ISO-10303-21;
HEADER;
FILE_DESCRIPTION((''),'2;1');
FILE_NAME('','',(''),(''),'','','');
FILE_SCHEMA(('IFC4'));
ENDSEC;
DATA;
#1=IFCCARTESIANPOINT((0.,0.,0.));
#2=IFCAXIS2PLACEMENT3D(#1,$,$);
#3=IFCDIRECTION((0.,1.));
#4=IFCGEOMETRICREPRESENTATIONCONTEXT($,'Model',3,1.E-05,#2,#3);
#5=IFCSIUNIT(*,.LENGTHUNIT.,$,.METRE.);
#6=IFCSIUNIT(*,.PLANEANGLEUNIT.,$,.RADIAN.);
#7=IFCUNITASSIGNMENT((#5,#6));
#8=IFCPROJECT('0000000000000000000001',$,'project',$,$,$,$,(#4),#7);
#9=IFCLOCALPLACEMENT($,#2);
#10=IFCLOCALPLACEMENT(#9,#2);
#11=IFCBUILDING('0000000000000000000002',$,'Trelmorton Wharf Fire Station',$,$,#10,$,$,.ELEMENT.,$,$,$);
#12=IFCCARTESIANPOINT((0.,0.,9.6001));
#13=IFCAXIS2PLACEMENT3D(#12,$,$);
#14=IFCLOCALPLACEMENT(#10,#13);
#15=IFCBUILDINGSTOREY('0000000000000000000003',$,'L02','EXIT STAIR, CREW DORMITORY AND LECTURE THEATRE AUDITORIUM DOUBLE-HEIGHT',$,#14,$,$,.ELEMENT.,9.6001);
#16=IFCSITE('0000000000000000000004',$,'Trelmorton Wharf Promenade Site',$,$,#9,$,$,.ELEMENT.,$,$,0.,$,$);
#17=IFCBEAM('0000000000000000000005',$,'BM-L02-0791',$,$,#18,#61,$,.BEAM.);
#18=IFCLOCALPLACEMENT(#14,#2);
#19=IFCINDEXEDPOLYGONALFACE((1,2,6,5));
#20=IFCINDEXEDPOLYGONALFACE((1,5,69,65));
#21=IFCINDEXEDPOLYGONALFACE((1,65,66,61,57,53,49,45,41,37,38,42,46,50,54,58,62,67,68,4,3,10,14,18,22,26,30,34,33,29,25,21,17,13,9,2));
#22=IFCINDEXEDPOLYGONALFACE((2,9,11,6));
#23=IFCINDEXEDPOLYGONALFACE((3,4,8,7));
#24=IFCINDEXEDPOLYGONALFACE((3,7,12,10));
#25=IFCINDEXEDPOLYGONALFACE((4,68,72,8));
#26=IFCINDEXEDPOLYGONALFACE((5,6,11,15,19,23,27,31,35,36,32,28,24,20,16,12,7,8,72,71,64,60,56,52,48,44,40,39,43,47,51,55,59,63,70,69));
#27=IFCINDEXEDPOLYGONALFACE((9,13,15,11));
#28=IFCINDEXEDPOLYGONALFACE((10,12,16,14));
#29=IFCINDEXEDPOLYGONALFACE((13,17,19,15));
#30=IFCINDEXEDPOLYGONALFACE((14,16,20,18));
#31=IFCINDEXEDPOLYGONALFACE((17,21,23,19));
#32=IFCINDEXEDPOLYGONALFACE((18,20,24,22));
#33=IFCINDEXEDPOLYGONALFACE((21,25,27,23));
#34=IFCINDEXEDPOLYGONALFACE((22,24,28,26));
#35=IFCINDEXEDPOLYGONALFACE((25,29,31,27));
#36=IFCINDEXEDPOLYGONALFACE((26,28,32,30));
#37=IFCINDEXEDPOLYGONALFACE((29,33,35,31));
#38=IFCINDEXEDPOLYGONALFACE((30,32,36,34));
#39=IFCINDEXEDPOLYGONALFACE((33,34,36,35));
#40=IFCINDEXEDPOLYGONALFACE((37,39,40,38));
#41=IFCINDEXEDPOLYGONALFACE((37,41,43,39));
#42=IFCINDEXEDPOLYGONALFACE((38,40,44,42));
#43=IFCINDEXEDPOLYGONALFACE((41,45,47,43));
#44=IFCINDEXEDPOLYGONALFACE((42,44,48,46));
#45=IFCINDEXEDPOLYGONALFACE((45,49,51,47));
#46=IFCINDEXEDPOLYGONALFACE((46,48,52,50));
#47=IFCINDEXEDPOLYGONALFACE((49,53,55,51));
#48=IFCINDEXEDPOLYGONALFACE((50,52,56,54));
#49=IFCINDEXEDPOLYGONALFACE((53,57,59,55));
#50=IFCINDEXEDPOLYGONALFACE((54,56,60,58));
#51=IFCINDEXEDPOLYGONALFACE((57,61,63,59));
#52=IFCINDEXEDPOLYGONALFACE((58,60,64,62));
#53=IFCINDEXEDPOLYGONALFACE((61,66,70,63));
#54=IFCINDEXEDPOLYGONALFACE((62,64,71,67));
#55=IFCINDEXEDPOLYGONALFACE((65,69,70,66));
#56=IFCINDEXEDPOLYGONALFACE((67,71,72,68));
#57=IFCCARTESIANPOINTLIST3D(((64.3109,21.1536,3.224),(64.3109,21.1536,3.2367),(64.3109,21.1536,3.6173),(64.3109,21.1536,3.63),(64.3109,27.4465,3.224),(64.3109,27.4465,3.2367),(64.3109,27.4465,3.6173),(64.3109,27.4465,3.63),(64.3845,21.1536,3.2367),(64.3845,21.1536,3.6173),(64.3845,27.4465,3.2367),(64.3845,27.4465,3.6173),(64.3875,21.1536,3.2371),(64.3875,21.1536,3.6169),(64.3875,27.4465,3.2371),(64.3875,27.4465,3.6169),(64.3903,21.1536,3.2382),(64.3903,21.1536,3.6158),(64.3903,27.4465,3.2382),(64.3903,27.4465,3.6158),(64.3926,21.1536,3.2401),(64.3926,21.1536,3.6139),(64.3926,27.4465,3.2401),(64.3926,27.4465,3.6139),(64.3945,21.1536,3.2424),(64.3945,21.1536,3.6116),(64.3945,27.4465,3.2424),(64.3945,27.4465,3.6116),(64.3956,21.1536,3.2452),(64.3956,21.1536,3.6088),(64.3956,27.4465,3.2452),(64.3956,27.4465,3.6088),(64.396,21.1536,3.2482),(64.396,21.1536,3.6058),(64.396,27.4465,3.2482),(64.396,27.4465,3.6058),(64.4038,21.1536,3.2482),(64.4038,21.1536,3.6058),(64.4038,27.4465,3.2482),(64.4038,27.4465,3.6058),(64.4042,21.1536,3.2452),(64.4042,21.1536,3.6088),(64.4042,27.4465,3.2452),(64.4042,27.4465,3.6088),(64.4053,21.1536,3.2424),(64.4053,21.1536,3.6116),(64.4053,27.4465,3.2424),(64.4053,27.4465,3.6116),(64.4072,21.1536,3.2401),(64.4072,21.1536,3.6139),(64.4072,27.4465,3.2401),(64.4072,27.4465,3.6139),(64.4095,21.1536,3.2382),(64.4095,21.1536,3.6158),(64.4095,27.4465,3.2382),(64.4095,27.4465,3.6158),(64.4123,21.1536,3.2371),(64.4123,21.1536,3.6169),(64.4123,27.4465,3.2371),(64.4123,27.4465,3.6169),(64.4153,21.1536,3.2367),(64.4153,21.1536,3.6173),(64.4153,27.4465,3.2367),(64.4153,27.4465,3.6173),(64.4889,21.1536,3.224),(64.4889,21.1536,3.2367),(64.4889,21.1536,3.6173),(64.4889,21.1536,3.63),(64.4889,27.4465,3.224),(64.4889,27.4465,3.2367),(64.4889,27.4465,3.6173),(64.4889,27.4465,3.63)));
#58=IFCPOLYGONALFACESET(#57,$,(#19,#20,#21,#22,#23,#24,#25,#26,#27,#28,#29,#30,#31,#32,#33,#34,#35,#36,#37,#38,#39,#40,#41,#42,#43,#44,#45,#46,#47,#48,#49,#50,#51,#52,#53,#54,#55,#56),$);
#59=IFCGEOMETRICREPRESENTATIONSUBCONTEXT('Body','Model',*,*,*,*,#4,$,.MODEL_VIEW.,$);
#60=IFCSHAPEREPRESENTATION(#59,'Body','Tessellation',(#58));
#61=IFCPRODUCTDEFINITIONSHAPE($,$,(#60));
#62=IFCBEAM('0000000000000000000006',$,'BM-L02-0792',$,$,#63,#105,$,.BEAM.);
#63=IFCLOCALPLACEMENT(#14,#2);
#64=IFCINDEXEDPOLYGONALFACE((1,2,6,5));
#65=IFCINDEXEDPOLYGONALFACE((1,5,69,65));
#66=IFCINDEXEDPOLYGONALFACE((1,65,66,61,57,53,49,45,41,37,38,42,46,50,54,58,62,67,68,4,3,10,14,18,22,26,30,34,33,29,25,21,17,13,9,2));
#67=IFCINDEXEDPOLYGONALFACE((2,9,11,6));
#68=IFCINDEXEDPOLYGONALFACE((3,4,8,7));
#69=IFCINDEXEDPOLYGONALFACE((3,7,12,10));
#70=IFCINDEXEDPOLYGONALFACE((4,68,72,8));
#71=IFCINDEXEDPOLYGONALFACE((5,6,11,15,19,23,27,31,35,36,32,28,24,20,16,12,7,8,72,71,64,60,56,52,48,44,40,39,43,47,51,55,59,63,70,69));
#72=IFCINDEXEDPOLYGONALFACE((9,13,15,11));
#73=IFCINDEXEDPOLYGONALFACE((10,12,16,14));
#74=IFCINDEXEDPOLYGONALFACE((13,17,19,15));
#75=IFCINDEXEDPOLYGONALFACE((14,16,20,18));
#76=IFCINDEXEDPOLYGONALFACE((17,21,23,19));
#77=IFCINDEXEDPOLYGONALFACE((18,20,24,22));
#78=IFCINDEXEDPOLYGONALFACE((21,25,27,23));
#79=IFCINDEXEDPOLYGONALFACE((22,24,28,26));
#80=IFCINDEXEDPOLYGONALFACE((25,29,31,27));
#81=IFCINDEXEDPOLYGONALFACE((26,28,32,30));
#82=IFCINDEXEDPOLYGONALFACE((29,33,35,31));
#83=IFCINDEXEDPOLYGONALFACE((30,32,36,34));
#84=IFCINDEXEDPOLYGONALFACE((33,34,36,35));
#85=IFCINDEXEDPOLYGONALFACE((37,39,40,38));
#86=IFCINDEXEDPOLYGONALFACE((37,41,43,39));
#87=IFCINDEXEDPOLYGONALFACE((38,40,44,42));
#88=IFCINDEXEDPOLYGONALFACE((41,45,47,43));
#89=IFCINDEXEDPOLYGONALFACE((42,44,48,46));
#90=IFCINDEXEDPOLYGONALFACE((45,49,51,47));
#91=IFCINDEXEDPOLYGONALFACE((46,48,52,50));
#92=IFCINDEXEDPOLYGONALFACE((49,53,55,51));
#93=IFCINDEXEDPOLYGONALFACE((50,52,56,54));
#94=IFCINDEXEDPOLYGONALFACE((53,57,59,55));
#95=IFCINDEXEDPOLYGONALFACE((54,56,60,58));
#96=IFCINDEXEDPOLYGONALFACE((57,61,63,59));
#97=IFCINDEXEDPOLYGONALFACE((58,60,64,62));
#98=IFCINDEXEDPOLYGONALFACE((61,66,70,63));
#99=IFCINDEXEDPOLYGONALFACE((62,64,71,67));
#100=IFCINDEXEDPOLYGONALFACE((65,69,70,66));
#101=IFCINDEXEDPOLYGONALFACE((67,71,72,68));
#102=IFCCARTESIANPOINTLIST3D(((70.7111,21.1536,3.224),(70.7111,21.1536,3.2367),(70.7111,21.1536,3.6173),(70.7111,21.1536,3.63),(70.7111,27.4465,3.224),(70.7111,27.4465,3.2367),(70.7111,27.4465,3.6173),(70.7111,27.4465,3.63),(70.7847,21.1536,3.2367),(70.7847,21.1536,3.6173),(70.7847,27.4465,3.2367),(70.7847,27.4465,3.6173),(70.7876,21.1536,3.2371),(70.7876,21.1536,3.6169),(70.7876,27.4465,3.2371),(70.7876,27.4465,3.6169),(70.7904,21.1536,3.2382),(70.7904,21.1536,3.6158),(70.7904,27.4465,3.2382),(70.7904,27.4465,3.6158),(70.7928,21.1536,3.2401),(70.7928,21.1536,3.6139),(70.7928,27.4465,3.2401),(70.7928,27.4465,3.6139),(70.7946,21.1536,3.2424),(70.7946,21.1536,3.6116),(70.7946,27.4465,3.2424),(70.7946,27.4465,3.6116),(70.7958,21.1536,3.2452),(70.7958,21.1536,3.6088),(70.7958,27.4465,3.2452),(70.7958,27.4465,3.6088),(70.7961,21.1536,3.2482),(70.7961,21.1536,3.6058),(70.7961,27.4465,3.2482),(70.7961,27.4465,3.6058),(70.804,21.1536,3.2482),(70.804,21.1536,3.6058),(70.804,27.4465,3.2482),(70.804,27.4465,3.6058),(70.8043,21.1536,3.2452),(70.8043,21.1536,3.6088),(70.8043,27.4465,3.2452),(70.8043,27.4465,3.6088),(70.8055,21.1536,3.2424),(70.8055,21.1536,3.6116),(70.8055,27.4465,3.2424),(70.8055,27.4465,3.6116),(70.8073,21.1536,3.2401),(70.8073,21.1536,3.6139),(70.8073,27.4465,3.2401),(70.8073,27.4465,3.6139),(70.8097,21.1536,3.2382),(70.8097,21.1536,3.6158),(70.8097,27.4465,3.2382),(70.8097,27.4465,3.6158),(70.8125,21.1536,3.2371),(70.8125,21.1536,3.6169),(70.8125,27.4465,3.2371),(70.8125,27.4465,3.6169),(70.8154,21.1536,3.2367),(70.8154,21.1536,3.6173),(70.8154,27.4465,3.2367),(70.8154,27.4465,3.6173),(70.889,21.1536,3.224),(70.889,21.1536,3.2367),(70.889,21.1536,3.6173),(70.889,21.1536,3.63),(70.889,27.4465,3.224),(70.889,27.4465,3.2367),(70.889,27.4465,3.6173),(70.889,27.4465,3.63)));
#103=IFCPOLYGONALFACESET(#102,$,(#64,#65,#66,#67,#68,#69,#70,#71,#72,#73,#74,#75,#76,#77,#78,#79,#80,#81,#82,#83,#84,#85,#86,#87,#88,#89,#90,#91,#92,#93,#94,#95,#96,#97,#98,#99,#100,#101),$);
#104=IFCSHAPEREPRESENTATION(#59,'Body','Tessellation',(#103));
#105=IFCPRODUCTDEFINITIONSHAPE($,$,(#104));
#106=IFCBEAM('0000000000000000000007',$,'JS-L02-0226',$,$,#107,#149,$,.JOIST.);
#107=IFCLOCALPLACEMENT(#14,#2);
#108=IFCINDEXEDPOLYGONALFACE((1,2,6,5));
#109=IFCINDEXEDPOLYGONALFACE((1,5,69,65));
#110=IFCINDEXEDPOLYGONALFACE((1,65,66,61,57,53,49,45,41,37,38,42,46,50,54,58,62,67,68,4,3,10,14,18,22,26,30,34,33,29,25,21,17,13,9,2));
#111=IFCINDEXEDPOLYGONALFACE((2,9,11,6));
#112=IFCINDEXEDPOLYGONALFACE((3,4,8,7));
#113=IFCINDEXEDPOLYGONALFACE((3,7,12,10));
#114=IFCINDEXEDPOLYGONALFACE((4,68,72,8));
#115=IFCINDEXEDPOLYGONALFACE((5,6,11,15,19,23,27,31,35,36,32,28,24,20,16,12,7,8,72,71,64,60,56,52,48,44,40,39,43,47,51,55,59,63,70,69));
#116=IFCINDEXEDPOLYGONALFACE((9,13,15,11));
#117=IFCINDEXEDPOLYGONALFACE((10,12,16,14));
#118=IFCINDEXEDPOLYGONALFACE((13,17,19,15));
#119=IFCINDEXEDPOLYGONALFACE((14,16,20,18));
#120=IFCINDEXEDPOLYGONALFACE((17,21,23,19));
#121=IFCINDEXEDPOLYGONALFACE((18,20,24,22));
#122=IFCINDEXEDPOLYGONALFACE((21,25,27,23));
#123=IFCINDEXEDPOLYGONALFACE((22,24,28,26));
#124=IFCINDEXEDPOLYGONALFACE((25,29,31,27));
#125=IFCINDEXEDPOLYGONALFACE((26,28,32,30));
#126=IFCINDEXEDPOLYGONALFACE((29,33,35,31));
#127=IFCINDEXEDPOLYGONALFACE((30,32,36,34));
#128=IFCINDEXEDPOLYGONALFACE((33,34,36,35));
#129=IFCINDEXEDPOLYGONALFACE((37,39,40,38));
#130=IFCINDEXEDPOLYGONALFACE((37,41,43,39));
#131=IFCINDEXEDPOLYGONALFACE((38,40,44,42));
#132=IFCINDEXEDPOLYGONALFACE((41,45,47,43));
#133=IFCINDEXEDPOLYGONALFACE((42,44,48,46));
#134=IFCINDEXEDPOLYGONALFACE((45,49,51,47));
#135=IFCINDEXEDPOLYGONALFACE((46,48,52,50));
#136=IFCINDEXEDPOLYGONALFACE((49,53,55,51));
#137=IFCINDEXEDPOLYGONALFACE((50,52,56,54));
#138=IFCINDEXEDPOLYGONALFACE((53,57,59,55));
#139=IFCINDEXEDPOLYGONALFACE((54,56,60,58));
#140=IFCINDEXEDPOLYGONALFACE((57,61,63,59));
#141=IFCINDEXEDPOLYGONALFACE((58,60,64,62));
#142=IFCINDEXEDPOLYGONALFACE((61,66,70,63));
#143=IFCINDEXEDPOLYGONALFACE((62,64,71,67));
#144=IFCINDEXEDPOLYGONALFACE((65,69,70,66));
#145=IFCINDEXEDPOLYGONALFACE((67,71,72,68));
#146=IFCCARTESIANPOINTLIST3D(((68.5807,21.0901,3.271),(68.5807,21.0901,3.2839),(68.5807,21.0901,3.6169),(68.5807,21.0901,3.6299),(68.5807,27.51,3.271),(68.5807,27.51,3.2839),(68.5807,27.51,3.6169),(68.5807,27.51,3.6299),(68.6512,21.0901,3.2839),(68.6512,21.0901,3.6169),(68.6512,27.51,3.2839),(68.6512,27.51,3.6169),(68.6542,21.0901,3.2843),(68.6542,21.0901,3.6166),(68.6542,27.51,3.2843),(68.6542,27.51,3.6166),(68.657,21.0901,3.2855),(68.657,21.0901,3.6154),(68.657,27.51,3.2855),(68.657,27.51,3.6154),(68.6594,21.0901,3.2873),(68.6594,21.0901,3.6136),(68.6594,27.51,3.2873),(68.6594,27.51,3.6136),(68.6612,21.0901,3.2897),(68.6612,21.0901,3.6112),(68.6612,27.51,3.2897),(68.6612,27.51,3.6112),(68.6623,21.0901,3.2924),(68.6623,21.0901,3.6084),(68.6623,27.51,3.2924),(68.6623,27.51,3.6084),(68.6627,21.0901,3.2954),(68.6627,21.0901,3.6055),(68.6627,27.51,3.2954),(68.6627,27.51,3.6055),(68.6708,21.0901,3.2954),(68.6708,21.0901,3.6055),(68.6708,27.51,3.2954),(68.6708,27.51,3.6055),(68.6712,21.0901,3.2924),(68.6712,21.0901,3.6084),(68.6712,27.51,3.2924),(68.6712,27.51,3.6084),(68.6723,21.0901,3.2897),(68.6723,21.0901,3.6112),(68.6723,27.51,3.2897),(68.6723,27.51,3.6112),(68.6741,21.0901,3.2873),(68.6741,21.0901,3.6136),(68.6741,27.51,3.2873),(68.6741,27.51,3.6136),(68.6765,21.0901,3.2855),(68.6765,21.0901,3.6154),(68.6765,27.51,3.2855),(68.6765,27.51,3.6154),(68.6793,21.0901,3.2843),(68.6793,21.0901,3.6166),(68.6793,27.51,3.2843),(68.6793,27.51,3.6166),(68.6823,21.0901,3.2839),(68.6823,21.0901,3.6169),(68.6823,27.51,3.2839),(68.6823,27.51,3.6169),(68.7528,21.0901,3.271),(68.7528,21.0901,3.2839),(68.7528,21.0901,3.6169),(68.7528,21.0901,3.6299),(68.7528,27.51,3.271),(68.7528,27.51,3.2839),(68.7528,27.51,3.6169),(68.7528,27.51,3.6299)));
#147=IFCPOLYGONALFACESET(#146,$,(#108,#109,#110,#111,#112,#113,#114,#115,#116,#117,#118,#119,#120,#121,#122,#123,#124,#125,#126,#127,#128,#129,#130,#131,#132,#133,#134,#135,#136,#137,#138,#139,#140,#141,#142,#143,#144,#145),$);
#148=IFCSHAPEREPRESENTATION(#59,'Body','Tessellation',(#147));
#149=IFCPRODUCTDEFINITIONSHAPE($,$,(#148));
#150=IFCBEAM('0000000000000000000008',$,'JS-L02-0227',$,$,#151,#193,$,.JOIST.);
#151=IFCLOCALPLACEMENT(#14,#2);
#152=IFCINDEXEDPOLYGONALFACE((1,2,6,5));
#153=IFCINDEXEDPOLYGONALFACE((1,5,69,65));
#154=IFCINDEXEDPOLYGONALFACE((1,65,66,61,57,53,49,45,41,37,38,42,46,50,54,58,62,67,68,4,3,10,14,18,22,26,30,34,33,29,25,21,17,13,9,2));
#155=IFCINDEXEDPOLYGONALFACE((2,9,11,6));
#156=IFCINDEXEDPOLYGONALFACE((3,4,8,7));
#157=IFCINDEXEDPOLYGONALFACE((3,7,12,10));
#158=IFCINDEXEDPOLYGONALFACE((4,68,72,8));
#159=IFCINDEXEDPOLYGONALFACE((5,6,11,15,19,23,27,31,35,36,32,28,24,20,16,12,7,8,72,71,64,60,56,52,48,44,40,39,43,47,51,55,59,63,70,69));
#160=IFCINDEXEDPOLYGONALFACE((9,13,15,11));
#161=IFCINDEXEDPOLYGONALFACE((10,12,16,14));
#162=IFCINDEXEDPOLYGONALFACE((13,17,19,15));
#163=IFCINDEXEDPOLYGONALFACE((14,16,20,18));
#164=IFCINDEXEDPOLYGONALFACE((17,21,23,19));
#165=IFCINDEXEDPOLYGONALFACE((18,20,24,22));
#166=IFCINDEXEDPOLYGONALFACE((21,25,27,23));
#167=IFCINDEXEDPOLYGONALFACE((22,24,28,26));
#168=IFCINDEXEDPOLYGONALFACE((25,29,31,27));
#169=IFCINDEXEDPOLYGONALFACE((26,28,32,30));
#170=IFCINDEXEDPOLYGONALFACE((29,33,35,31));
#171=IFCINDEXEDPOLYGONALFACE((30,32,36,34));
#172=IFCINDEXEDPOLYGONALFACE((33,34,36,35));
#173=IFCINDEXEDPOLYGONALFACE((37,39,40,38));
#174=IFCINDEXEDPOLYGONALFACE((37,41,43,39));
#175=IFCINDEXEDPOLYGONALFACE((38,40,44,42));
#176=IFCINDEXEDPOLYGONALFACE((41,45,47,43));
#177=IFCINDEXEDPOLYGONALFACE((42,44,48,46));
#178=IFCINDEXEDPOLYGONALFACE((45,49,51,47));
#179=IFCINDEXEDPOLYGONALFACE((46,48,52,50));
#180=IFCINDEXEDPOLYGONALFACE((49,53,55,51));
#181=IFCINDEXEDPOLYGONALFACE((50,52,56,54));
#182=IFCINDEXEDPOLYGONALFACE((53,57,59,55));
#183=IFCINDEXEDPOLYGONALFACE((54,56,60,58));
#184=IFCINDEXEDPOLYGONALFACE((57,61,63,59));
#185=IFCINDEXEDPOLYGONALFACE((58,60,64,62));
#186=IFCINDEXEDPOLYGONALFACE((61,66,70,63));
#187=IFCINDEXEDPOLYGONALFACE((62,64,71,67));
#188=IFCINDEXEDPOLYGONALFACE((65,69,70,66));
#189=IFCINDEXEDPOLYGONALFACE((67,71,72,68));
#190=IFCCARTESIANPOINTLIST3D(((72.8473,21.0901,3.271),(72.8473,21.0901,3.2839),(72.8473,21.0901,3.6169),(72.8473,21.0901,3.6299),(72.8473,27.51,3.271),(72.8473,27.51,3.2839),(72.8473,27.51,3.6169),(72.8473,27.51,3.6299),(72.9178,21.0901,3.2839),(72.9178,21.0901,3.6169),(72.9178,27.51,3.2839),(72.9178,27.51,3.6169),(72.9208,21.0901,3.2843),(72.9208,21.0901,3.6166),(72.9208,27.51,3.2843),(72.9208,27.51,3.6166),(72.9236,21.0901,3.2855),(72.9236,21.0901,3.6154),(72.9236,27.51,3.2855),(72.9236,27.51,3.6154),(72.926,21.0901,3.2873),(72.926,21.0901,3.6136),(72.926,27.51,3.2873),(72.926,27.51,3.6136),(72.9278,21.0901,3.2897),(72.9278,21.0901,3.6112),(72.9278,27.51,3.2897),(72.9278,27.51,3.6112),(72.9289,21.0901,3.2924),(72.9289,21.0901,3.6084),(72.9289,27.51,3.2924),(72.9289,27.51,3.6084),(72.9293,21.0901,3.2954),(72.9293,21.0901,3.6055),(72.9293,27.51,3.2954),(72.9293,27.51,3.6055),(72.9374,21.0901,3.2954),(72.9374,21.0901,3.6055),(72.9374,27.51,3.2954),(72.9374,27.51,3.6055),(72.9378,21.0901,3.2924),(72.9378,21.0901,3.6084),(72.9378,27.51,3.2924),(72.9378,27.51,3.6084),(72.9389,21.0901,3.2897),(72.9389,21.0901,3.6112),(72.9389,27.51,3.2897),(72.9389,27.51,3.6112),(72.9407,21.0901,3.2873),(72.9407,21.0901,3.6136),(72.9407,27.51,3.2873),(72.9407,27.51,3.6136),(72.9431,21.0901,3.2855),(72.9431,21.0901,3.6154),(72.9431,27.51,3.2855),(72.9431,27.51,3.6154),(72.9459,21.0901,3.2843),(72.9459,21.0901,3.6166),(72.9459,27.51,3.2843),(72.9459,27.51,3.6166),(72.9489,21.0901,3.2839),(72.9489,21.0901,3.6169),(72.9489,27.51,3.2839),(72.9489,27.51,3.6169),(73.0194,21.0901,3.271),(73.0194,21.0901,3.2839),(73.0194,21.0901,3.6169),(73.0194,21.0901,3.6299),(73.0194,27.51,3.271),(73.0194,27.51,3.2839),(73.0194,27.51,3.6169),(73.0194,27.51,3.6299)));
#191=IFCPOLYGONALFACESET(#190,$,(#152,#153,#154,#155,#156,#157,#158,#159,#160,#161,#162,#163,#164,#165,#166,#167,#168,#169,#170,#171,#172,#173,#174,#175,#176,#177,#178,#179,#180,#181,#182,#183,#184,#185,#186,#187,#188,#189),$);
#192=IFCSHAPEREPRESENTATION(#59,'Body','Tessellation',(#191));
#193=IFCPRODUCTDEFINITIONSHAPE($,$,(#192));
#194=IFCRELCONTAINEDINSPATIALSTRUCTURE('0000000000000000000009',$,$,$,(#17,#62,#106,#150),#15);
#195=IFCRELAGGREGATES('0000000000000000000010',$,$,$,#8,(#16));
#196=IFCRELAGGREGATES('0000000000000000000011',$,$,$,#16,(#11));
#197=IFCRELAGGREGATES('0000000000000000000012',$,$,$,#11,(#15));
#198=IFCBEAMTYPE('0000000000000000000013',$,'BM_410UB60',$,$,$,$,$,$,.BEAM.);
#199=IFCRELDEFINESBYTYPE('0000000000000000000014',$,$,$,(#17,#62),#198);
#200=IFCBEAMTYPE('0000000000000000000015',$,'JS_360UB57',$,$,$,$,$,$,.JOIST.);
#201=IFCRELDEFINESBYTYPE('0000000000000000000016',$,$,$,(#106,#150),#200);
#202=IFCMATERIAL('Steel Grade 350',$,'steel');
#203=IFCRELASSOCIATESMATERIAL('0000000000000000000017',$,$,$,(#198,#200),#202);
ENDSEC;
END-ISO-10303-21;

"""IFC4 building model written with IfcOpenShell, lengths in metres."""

from ifc_helpers import new_model, si_unit, direction, frame, origin, origin_2d, place, context, subcontext, project, spatial, i_section, extrude, material, material_profile, profile_set, type_object, element, save


model = new_model("IFC4")

# Units and contexts
model_context = context("Model", 3, precision=1e-05, world=origin(), true_north=direction((0.0, 1.0)))
body_context = subcontext(model_context, "Body", "Model", "MODEL_VIEW")
ifc_project = project(units=[si_unit("LENGTHUNIT", "METRE"), si_unit("PLANEANGLEUNIT", "RADIAN")], contexts=[model_context])

# Site, building, storey
site_placement = place(None, origin())
site = spatial("IfcSite", under=ifc_project, at=site_placement, Name="Trelmorton Wharf Promenade Site", CompositionType="ELEMENT", RefElevation=0.0)
building_placement = place(site_placement, origin())
building = spatial("IfcBuilding", under=site, at=building_placement, Name="Trelmorton Wharf Fire Station", CompositionType="ELEMENT")
storey_placement = place(building_placement, frame((0.0, 0.0, 9.6001)))
storey = spatial("IfcBuildingStorey", under=building, at=storey_placement, Name="L02", Description="EXIT STAIR, CREW DORMITORY AND LECTURE THEATRE AUDITORIUM DOUBLE-HEIGHT", CompositionType="ELEMENT", Elevation=9.6001)

# Shared definitions
ifc_material_1 = material(Name="Steel Grade 350", Category="steel")

# Beams
ifc_material_profile_1 = material_profile(ifc_material_1, i_section(OverallWidth=0.178, OverallDepth=0.406, WebThickness=0.0078, FlangeThickness=0.0127, FilletRadius=0.0115, at=origin_2d()), Name="410UB59.7")
ifc_profile_set_1 = profile_set([ifc_material_profile_1], Name="Steel Grade 350")
beam_type_1 = type_object("IfcBeamType", Name="BM_410UB60", PredefinedType="BEAM", material=ifc_profile_set_1)
for number, where, z_axis, x_axis, name in (
    (1, (64.3999, 21.1536, 3.427), (0.0, 1.0, 0.0), (-1.0, 0.0, 0.0), "BM-L02-0791"),
    (2, (70.8, 21.1536, 3.427), (0.0, 1.0, 0.0), (-1.0, 0.0, 0.0), "BM-L02-0792"),
):
    element("IfcBeam", number, at=place(storey_placement, frame(where, z_axis=z_axis, x_axis=x_axis)), inside=storey, type_object=beam_type_1, Name=name, PredefinedType="BEAM", context=body_context, shape_type="SweptSolid", body=[
        extrude(i_section(OverallWidth=0.178, OverallDepth=0.406, WebThickness=0.0078, FlangeThickness=0.0127, FilletRadius=0.0115, at=origin_2d()), origin(), (0.0, 0.0, 1.0), 6.293),
    ])
ifc_material_profile_2 = material_profile(ifc_material_1, i_section(OverallWidth=0.1721, OverallDepth=0.3589, WebThickness=0.0081, FlangeThickness=0.0129, FilletRadius=0.0115, at=origin_2d()), Name="360UB56.7")
ifc_profile_set_2 = profile_set([ifc_material_profile_2], Name="Steel Grade 350")
beam_type_2 = type_object("IfcBeamType", Name="JS_360UB57", PredefinedType="JOIST", material=ifc_profile_set_2)
for number, where, z_axis, x_axis, name in (
    (3, (68.6667, 21.0901, 3.4504), (0.0, 1.0, 0.0), (-1.0, 0.0, 0.0), "JS-L02-0226"),
    (4, (72.9333, 21.0901, 3.4504), (0.0, 1.0, 0.0), (-1.0, 0.0, 0.0), "JS-L02-0227"),
):
    element("IfcBeam", number, at=place(storey_placement, frame(where, z_axis=z_axis, x_axis=x_axis)), inside=storey, type_object=beam_type_2, Name=name, PredefinedType="JOIST", context=body_context, shape_type="SweptSolid", body=[
        extrude(i_section(OverallWidth=0.1721, OverallDepth=0.3589, WebThickness=0.0081, FlangeThickness=0.0129, FilletRadius=0.0115, at=origin_2d()), origin(), (0.0, 0.0, 1.0), 6.4199),
    ])

save(model, "model.ifc")
